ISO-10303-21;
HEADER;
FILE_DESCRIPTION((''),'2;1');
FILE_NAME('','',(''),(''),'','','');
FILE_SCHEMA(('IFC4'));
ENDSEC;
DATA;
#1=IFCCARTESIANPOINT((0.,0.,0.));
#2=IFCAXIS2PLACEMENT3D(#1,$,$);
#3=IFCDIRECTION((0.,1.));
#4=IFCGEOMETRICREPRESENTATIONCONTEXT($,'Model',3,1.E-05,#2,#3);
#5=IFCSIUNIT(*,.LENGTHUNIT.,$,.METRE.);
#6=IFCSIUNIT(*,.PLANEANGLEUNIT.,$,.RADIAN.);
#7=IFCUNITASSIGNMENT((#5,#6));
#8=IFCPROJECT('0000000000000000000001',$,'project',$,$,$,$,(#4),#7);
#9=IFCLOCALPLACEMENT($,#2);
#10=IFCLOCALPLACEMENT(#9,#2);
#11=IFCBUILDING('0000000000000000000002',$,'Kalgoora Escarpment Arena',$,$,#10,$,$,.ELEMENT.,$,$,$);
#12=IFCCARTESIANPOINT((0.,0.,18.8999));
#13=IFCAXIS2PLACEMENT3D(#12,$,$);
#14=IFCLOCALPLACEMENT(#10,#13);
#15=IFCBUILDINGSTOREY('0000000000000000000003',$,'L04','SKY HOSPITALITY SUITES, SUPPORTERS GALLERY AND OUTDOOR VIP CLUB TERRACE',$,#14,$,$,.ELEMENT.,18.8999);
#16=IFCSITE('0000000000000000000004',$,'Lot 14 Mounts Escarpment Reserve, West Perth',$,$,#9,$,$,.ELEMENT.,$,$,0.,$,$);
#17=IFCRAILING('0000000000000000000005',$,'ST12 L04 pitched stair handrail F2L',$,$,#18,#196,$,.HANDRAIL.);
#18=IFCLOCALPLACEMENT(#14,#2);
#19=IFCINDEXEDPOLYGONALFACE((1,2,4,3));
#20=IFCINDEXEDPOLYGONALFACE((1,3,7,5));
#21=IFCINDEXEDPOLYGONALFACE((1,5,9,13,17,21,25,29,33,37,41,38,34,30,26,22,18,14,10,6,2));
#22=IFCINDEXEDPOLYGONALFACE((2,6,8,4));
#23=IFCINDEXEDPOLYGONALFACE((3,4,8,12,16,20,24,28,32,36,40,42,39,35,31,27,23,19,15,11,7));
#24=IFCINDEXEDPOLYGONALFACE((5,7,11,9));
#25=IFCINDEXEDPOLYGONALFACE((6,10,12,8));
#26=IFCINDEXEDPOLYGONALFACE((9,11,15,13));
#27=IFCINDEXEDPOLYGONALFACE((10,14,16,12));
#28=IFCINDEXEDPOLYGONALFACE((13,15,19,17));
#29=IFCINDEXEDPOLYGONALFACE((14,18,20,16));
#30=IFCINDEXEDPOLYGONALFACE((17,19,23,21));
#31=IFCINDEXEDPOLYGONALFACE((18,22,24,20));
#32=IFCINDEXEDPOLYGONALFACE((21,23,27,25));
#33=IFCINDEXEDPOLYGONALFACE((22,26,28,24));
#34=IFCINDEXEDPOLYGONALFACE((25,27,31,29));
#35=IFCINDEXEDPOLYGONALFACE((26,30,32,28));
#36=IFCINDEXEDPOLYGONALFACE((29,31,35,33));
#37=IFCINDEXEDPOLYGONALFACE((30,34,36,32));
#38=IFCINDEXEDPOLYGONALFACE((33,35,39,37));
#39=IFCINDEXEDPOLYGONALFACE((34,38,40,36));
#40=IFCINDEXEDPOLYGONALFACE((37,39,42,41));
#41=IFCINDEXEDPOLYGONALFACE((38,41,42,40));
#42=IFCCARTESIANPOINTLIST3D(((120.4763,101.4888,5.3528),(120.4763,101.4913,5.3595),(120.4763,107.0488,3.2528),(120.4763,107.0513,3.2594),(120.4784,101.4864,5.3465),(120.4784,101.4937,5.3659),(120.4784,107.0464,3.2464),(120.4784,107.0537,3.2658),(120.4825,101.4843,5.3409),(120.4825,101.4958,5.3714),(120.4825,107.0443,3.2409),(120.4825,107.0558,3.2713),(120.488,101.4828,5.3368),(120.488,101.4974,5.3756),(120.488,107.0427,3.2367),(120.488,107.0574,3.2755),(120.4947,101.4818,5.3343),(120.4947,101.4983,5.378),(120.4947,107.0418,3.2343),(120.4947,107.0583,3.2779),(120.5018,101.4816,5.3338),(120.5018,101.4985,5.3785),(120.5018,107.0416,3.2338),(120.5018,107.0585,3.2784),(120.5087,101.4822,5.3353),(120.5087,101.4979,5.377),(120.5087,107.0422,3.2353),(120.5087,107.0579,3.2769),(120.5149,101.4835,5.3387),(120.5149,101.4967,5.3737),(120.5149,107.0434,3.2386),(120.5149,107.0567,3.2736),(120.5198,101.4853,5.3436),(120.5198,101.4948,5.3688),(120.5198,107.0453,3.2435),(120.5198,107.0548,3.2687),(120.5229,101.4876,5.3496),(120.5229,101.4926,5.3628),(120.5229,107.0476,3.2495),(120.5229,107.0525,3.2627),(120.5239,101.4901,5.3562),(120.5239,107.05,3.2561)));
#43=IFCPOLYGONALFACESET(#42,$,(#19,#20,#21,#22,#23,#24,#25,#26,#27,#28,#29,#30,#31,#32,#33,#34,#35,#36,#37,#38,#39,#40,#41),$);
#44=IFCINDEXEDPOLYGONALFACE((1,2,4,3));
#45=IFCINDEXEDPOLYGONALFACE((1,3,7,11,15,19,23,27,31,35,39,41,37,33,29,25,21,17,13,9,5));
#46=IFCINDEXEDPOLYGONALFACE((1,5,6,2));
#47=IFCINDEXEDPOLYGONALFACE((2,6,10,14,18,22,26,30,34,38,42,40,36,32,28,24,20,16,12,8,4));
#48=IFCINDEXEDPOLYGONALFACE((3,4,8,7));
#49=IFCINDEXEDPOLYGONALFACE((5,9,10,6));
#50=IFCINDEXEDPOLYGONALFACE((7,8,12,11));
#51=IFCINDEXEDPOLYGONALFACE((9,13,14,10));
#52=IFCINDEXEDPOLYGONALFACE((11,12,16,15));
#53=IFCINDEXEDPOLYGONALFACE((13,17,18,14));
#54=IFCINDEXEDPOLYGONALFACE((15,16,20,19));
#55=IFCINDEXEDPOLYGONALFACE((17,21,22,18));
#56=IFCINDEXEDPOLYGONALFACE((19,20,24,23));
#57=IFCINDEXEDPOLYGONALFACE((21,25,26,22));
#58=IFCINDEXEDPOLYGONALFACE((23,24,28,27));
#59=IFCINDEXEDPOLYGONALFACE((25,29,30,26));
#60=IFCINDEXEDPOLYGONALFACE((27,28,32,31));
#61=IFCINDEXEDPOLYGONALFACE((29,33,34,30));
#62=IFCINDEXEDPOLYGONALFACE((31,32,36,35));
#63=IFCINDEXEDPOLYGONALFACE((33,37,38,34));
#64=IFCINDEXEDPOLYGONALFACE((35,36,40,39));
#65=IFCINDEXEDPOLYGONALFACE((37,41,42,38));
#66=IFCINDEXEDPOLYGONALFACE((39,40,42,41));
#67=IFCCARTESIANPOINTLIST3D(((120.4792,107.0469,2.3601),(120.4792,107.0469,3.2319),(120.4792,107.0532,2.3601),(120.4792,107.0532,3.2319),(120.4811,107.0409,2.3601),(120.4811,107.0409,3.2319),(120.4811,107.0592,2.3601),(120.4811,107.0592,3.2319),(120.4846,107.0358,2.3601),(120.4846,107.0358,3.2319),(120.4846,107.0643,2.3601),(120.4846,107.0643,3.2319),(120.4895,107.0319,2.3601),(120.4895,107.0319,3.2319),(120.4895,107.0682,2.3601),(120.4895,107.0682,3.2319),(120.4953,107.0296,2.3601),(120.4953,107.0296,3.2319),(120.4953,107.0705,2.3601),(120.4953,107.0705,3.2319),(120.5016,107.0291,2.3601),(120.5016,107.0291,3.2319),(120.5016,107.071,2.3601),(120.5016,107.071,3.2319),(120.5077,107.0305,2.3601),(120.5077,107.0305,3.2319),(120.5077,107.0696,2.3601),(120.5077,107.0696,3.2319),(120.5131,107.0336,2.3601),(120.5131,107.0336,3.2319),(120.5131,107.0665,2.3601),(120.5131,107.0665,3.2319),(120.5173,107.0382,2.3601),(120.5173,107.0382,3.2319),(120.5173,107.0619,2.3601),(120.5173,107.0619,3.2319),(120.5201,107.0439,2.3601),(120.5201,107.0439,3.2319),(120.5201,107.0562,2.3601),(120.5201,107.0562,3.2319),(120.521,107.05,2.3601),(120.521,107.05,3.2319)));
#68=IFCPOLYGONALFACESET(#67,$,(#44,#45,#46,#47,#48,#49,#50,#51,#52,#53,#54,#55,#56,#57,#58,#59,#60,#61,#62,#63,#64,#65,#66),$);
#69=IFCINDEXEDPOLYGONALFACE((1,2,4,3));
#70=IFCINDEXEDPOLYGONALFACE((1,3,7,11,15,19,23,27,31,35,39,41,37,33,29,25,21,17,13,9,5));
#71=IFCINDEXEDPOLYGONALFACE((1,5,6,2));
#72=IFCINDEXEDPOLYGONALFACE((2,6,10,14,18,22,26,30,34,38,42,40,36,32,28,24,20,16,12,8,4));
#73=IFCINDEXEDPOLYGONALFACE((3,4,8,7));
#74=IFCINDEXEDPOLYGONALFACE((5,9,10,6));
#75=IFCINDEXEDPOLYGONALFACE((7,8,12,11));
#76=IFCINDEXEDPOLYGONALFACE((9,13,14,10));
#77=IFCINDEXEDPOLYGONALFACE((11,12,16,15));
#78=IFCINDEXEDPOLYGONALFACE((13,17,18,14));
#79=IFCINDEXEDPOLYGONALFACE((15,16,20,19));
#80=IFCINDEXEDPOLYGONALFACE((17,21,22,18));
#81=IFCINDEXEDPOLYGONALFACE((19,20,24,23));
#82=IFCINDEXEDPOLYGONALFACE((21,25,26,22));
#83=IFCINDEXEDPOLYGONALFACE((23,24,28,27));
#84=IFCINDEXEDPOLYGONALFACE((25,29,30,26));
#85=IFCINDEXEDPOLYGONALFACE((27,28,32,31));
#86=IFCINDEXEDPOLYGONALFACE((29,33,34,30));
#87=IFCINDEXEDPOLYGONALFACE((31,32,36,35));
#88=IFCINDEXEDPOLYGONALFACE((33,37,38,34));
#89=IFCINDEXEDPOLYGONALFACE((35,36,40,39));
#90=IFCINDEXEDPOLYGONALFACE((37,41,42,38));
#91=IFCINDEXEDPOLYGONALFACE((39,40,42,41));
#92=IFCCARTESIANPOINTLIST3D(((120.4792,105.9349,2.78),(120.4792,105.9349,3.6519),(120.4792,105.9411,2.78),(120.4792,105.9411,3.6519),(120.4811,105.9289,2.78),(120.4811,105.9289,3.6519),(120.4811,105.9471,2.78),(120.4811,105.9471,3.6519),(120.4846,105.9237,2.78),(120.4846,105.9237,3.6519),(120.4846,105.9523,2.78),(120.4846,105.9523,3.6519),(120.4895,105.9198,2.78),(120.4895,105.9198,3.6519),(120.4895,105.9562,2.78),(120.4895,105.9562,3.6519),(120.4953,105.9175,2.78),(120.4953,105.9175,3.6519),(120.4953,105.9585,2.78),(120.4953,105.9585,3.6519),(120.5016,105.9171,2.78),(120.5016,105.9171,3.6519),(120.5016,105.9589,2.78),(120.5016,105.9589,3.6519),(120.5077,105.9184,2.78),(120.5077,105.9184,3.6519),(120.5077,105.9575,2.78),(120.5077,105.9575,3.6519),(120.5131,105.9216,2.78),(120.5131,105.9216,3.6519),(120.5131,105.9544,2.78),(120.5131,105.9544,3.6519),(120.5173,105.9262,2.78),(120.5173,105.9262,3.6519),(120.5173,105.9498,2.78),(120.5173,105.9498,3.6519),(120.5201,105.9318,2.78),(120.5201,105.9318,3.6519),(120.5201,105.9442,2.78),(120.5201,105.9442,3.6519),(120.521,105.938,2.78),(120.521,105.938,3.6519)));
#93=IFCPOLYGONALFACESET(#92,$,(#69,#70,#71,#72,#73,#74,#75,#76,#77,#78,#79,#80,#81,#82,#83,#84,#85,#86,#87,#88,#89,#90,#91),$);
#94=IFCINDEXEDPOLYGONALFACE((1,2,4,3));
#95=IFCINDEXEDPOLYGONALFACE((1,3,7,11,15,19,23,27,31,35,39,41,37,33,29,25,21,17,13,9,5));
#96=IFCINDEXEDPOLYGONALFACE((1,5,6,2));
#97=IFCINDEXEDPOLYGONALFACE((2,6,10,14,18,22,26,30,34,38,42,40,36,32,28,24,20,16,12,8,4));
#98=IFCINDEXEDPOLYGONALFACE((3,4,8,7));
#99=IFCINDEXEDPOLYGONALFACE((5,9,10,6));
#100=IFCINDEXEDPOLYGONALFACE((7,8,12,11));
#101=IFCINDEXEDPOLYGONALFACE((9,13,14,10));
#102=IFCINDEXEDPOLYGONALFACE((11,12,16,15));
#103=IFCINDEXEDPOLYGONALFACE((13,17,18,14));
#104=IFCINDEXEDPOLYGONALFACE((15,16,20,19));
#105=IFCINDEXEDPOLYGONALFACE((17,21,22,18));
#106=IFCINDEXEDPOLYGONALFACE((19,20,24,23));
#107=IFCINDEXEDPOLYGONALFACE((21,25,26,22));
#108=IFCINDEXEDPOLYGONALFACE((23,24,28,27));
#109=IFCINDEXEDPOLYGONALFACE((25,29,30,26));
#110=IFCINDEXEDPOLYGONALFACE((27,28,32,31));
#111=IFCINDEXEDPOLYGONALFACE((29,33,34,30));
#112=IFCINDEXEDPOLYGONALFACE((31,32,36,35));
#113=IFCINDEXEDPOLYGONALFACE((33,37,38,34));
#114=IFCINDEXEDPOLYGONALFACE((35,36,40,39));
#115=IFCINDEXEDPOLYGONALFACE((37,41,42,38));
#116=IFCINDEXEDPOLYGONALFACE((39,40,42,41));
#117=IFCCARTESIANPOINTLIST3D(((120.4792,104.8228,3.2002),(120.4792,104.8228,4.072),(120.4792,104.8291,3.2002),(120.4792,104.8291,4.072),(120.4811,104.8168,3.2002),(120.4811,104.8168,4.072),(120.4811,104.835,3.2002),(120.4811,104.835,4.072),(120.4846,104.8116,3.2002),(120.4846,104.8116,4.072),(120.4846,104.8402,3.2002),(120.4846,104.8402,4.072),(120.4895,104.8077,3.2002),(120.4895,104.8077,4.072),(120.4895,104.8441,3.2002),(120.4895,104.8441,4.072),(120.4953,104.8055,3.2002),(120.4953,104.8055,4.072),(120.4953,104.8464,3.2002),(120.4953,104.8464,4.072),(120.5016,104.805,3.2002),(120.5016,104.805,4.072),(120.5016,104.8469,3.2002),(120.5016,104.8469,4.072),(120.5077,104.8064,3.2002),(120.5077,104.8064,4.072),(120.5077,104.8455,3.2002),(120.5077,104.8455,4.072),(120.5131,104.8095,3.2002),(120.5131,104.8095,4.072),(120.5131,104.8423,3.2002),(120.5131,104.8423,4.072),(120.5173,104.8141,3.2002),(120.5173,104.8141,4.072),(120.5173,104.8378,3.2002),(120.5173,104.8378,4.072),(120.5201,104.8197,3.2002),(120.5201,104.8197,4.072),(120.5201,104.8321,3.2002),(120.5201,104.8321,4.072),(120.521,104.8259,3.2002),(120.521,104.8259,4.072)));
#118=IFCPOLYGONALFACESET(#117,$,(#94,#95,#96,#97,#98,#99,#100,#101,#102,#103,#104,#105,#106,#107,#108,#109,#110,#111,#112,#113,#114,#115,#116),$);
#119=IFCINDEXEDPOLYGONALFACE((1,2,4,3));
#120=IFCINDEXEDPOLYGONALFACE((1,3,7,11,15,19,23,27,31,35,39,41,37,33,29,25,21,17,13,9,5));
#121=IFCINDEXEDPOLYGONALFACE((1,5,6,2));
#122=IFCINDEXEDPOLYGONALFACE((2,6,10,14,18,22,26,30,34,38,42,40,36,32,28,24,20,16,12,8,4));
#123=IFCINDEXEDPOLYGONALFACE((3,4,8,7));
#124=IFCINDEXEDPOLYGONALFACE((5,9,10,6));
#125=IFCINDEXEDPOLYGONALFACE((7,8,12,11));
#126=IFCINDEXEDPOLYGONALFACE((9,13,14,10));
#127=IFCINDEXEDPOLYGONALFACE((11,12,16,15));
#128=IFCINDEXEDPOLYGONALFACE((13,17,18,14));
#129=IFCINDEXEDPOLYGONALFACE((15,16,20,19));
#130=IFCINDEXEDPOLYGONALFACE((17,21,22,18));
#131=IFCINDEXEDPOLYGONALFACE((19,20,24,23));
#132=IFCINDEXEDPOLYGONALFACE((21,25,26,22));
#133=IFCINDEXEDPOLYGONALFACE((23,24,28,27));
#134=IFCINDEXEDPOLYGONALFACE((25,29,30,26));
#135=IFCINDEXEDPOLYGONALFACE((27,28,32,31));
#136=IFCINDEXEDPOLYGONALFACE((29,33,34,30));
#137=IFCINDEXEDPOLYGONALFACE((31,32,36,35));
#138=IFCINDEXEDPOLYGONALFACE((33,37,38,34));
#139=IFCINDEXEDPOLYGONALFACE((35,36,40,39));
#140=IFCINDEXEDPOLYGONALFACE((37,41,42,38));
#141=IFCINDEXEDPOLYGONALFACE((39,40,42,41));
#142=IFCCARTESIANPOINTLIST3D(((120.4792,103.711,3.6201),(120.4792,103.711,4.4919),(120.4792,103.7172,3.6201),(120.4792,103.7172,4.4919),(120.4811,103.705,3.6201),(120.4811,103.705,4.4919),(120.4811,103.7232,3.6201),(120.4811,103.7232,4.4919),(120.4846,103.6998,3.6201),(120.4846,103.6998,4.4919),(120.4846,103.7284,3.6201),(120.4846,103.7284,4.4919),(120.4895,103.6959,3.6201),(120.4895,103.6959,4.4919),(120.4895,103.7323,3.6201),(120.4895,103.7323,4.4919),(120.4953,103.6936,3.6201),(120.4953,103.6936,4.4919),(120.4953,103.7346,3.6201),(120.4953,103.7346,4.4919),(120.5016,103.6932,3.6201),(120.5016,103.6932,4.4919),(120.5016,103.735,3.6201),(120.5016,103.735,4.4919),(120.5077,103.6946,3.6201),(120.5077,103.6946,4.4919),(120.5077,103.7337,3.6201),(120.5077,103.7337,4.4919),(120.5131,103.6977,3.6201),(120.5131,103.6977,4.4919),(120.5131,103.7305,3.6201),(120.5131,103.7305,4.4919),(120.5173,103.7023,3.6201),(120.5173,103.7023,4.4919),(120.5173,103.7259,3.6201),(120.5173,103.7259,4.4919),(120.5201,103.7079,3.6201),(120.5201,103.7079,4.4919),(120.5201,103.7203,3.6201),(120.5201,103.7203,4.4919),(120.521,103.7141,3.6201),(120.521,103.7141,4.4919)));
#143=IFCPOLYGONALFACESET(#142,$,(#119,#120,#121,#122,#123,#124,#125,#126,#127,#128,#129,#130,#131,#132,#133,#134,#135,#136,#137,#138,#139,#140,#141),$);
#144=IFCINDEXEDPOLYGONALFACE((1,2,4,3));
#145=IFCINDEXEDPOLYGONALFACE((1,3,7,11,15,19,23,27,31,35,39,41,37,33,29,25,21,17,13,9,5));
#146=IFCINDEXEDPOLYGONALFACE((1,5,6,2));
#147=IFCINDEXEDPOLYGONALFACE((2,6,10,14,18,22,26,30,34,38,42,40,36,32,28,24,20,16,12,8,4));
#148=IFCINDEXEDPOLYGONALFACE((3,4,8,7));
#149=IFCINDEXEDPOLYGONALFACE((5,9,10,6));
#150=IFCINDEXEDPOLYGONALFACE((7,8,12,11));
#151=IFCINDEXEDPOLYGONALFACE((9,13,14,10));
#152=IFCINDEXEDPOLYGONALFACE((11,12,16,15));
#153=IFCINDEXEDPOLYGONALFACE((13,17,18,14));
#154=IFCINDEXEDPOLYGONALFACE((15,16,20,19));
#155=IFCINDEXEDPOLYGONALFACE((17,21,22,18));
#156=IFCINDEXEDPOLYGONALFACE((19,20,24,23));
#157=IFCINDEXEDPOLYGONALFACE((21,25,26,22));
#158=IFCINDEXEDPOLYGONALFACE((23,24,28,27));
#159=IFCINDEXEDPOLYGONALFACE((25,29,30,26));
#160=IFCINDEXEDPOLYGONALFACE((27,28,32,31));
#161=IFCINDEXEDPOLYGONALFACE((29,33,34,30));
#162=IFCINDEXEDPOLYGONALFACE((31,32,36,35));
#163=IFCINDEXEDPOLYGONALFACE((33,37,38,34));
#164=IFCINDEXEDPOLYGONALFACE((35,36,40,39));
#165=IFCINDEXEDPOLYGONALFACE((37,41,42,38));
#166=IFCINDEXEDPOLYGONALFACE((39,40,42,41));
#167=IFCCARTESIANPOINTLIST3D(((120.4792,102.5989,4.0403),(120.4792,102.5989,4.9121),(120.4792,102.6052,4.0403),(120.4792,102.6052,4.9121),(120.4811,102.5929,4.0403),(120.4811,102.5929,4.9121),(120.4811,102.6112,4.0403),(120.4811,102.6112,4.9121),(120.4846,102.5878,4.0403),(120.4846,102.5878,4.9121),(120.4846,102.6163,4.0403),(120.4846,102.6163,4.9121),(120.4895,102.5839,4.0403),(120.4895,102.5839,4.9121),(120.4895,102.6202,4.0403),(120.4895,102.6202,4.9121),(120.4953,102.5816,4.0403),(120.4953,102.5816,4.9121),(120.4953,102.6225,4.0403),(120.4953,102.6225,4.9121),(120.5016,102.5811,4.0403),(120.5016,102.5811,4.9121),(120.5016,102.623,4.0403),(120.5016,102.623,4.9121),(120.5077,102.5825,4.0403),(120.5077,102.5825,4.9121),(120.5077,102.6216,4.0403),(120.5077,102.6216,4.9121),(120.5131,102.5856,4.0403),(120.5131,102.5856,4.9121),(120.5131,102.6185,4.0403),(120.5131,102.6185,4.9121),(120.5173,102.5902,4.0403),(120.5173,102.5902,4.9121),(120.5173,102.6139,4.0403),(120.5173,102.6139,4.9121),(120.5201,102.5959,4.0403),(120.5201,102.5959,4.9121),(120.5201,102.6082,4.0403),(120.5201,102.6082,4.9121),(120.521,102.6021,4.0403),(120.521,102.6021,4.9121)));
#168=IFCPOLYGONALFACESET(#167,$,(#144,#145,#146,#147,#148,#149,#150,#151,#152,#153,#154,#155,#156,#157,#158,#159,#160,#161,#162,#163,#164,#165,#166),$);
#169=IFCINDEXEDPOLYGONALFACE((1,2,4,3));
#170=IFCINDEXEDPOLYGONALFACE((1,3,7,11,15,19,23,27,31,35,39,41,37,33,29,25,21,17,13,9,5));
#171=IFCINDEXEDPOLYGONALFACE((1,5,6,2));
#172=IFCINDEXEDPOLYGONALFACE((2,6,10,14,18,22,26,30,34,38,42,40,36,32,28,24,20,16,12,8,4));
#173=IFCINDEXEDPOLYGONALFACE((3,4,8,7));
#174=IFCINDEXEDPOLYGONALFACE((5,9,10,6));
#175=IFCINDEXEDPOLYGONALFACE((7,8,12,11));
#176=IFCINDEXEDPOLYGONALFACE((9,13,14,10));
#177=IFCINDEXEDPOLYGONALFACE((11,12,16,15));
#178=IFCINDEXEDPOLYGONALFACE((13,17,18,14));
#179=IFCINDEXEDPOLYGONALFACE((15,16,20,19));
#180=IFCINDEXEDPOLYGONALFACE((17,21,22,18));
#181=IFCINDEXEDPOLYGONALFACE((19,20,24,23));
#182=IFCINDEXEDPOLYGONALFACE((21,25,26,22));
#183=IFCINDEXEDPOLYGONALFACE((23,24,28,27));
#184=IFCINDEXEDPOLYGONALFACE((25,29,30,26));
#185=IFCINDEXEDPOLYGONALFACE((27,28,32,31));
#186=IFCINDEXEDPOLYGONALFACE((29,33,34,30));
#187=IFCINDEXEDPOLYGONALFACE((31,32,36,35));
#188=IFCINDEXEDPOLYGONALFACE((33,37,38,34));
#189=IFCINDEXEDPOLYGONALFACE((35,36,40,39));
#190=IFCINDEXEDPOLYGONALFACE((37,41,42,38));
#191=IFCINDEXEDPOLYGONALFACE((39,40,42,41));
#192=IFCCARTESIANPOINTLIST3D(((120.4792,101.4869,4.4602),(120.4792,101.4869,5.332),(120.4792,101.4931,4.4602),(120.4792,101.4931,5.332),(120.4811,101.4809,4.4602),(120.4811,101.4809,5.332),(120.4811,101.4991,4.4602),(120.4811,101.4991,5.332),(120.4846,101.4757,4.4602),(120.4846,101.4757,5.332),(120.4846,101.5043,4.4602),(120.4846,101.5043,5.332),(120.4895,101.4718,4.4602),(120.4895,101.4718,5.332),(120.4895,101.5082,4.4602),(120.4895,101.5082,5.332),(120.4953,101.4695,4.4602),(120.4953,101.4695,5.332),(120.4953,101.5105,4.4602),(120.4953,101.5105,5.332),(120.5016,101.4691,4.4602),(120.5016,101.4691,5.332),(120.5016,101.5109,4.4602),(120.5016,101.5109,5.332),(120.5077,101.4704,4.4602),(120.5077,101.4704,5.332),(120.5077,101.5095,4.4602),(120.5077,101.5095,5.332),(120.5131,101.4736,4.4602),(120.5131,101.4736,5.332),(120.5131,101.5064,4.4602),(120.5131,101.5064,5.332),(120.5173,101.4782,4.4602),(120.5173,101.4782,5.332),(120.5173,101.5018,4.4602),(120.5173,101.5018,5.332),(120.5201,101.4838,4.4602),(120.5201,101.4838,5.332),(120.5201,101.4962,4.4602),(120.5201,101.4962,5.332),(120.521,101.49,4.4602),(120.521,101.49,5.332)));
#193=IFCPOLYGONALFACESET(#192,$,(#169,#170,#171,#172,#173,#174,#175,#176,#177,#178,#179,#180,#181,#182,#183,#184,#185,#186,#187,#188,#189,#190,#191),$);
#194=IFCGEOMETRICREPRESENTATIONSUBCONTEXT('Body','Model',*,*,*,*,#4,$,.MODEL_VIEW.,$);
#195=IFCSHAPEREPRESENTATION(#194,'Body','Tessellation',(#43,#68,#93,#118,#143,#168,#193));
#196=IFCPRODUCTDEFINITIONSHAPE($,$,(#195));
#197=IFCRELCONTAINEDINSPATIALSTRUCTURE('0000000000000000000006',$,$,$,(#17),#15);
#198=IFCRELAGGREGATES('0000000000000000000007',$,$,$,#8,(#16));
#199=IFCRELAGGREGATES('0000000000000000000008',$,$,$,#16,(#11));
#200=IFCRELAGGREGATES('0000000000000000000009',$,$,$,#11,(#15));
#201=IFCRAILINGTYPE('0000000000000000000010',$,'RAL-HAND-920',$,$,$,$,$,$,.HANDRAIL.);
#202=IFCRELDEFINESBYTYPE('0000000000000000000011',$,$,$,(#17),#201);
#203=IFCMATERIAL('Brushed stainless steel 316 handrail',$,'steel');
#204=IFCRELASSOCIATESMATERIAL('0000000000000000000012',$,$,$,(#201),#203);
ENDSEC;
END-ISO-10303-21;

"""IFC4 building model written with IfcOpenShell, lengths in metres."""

from ifc_helpers import new_model, si_unit, direction, frame, origin, origin_2d, place, context, subcontext, project, spatial, circle, extrude, material, type_object, element, save


model = new_model("IFC4")

# Units and contexts
model_context = context("Model", 3, precision=1e-05, world=origin(), true_north=direction((0.0, 1.0)))
body_context = subcontext(model_context, "Body", "Model", "MODEL_VIEW")
ifc_project = project(units=[si_unit("LENGTHUNIT", "METRE"), si_unit("PLANEANGLEUNIT", "RADIAN")], contexts=[model_context])

# Site, building, storey
site_placement = place(None, origin())
site = spatial("IfcSite", under=ifc_project, at=site_placement, Name="Lot 14 Mounts Escarpment Reserve, West Perth", CompositionType="ELEMENT", RefElevation=0.0)
building_placement = place(site_placement, origin())
building = spatial("IfcBuilding", under=site, at=building_placement, Name="Kalgoora Escarpment Arena", CompositionType="ELEMENT")
storey_placement = place(building_placement, frame((0.0, 0.0, 18.8999)))
storey = spatial("IfcBuildingStorey", under=building, at=storey_placement, Name="L04", Description="SKY HOSPITALITY SUITES, SUPPORTERS GALLERY AND OUTDOOR VIP CLUB TERRACE", CompositionType="ELEMENT", Elevation=18.8999)

# Railing
ifc_material_1 = material(Name="Brushed stainless steel 316 handrail", Category="steel")
railing_type_1 = type_object("IfcRailingType", Name="RAL-HAND-920", PredefinedType="HANDRAIL", material=ifc_material_1)
for number, where, name in (
    (1, (120.5, 107.05, 2.3601), "ST12 L04 pitched stair handrail F2L"),
):
    element("IfcRailing", number, at=place(storey_placement, frame(where)), inside=storey, type_object=railing_type_1, Name=name, PredefinedType="HANDRAIL", context=body_context, shape_type="SweptSolid", body=[
        extrude(circle(Radius=0.0239, at=origin_2d()), frame((0.0, 0.0, 0.896), z_axis=(0.0, -0.935493, 0.353346), x_axis=(1.0, 0.0, 0.0)), (0.0, 0.0, 1.0), 5.9434),
        extrude(circle(Radius=0.021, at=origin_2d()), origin(), (0.0, 0.0, 1.0), 0.8718),
        extrude(circle(Radius=0.021, at=origin_2d()), frame((0.0, -1.1121, 0.4199)), (0.0, 0.0, 1.0), 0.8718),
        extrude(circle(Radius=0.021, at=origin_2d()), frame((0.0, -2.2241, 0.8401)), (0.0, 0.0, 1.0), 0.8718),
        extrude(circle(Radius=0.021, at=origin_2d()), frame((0.0, -3.3359, 1.26)), (0.0, 0.0, 1.0), 0.8718),
        extrude(circle(Radius=0.021, at=origin_2d()), frame((0.0, -4.448, 1.6802)), (0.0, 0.0, 1.0), 0.8718),
        extrude(circle(Radius=0.021, at=origin_2d()), frame((0.0, -5.5601, 2.1001)), (0.0, 0.0, 1.0), 0.8718),
    ])

save(model, "model.ifc")
